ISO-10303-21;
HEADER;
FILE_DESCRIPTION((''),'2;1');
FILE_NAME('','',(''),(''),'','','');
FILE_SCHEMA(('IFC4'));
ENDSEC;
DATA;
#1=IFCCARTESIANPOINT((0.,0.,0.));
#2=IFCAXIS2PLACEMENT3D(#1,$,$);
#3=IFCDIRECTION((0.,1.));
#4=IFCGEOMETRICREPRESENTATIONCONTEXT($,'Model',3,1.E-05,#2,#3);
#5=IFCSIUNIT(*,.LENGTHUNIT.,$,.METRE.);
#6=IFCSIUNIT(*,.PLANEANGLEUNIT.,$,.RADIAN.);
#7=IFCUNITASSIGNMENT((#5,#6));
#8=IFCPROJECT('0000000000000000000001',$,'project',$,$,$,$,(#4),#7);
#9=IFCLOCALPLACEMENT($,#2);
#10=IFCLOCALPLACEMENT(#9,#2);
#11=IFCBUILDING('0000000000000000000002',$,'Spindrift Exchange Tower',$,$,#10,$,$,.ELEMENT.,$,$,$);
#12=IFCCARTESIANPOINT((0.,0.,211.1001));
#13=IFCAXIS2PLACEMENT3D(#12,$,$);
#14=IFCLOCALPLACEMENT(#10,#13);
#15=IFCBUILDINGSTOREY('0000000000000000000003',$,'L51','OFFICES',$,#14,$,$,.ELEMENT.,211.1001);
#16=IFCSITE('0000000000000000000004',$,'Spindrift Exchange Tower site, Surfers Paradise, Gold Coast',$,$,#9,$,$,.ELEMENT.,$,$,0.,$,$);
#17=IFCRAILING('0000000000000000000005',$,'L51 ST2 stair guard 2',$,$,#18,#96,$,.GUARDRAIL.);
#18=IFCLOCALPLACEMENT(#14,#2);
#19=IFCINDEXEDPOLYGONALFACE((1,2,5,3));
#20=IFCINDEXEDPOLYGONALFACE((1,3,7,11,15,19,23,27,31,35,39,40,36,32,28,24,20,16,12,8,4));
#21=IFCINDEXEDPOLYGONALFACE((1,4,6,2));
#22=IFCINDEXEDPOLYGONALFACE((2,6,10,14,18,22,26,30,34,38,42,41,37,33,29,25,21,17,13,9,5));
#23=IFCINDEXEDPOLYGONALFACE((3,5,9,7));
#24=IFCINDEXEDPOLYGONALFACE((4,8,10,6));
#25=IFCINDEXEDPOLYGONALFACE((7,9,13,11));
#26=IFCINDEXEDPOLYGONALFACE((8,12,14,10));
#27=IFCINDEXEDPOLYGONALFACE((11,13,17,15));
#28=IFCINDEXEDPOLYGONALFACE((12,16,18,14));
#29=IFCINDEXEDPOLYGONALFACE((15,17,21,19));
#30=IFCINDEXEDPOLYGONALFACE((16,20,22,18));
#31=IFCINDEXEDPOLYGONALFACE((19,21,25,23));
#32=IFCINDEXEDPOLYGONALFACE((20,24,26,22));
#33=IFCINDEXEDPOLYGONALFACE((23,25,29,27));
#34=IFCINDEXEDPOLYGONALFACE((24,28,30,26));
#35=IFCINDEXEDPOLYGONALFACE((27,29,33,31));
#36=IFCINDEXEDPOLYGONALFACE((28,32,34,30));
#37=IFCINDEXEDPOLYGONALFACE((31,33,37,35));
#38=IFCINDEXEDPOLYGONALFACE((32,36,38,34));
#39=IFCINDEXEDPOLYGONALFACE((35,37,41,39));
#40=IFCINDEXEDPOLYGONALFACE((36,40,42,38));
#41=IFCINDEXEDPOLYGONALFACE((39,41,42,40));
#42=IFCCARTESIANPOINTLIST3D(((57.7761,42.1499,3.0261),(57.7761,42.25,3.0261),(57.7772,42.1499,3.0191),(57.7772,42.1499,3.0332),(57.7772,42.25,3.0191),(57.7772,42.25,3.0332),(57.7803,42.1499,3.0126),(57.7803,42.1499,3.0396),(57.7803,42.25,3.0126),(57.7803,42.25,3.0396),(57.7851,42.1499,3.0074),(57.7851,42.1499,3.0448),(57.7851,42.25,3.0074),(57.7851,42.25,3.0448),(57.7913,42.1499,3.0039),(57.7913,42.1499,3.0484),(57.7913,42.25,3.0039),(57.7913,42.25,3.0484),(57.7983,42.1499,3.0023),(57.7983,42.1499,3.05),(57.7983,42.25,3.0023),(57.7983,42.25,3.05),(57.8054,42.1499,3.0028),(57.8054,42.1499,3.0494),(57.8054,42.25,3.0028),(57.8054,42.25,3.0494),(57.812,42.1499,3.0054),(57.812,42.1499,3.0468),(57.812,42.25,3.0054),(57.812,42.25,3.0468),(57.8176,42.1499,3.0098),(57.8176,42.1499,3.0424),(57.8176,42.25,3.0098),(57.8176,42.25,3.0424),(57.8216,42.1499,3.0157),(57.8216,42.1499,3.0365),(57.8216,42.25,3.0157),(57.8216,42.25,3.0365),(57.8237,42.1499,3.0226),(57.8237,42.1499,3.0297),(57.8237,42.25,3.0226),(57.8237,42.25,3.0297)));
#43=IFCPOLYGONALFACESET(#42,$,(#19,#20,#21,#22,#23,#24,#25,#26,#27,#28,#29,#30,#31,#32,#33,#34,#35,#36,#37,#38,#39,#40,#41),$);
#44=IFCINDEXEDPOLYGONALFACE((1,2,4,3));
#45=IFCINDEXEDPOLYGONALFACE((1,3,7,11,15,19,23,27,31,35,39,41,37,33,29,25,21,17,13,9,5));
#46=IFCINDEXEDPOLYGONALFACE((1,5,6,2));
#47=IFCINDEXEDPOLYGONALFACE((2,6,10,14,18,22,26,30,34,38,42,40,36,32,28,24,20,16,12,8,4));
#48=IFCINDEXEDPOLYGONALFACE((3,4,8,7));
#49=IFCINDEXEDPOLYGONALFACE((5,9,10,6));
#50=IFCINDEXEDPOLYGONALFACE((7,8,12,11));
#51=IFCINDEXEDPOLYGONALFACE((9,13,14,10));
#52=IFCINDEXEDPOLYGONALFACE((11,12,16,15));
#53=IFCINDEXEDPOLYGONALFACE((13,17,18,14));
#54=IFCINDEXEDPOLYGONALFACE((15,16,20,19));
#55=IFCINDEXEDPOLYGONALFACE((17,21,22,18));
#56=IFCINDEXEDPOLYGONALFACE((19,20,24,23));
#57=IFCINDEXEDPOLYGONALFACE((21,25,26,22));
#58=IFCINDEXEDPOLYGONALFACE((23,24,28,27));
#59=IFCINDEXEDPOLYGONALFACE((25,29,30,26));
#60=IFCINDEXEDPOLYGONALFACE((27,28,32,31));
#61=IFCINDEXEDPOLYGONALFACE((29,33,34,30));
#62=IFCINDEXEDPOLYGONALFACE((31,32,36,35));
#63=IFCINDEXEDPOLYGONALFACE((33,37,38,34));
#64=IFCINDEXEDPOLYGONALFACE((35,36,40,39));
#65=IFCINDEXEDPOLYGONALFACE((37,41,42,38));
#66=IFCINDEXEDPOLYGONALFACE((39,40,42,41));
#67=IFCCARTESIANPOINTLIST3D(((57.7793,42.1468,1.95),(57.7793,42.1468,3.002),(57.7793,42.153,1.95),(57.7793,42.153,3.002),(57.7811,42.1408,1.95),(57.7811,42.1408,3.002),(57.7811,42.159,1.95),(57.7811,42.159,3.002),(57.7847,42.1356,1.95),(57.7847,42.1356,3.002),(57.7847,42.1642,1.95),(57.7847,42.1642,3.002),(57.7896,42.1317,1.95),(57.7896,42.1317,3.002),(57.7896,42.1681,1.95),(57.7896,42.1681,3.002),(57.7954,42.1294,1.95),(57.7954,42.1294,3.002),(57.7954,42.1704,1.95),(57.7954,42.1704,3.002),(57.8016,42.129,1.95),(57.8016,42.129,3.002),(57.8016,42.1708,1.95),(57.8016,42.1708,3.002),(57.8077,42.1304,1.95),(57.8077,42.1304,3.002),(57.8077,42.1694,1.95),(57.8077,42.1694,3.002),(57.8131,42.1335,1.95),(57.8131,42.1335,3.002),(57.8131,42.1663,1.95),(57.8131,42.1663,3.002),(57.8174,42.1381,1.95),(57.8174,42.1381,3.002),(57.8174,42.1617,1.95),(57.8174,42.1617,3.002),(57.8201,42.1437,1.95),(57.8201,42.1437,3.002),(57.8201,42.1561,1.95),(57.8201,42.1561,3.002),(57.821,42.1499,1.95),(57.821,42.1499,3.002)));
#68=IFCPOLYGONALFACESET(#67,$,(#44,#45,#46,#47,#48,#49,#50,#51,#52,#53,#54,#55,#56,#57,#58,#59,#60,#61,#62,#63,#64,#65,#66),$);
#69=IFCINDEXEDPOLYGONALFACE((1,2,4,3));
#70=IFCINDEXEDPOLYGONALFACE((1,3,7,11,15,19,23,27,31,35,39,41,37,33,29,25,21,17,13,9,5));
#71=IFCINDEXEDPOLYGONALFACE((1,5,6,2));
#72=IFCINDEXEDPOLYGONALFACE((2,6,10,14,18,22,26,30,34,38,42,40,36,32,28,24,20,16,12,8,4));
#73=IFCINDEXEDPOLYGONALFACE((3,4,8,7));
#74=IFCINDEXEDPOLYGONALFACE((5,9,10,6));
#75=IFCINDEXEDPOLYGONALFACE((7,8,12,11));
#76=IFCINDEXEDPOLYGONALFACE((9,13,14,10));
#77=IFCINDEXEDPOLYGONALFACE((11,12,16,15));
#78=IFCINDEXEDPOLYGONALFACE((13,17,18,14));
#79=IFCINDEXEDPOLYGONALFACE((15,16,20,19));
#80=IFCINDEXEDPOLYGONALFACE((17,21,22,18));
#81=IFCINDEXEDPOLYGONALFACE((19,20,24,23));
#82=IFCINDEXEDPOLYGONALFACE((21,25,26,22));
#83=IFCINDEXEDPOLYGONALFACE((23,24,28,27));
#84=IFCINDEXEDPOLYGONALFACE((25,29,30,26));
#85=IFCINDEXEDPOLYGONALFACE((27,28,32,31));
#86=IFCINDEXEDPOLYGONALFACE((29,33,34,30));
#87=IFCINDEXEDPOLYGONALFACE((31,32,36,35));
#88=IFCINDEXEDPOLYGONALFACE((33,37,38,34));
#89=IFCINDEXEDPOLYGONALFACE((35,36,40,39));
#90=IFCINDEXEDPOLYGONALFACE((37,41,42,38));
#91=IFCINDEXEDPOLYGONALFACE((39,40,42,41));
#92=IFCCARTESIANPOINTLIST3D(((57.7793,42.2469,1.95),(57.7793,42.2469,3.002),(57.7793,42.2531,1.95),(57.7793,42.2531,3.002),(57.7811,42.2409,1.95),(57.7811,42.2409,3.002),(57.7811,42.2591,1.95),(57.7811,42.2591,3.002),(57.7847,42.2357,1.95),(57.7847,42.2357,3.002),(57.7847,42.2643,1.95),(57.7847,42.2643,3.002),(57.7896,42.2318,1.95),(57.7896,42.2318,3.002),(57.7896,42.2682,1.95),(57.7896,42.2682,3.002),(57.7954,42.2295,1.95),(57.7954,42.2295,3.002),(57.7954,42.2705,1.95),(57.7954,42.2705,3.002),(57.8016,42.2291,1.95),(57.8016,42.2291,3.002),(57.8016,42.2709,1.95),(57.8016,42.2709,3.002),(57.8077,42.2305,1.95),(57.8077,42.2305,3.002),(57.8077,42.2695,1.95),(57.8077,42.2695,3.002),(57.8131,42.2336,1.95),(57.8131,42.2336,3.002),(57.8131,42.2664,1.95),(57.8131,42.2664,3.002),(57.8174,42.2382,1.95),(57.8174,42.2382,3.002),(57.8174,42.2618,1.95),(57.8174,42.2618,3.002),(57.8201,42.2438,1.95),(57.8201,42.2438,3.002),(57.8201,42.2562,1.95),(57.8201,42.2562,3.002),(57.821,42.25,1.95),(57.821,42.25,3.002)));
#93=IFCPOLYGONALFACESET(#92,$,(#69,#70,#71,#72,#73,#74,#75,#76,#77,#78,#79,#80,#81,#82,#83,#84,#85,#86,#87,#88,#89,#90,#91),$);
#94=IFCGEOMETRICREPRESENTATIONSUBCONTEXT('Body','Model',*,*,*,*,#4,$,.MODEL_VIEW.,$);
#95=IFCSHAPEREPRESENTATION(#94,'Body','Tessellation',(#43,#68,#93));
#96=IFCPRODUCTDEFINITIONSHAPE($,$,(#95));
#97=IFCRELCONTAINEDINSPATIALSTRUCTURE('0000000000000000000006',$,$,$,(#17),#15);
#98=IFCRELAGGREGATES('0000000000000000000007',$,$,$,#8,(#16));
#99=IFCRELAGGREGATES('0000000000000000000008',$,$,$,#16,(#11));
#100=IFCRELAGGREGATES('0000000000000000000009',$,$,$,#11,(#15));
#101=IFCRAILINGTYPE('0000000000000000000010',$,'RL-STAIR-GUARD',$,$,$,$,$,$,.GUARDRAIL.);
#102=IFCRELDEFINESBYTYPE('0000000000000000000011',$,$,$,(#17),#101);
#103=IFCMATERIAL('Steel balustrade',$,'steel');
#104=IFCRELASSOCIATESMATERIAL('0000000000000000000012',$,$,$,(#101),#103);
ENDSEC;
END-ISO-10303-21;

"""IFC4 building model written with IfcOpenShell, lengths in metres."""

from ifc_helpers import new_model, si_unit, direction, frame, origin, origin_2d, place, context, subcontext, project, spatial, circle, extrude, material, type_object, element, save


model = new_model("IFC4")

# Units and contexts
model_context = context("Model", 3, precision=1e-05, world=origin(), true_north=direction((0.0, 1.0)))
body_context = subcontext(model_context, "Body", "Model", "MODEL_VIEW")
ifc_project = project(units=[si_unit("LENGTHUNIT", "METRE"), si_unit("PLANEANGLEUNIT", "RADIAN")], contexts=[model_context])

# Site, building, storey
site_placement = place(None, origin())
site = spatial("IfcSite", under=ifc_project, at=site_placement, Name="Spindrift Exchange Tower site, Surfers Paradise, Gold Coast", CompositionType="ELEMENT", RefElevation=0.0)
building_placement = place(site_placement, origin())
building = spatial("IfcBuilding", under=site, at=building_placement, Name="Spindrift Exchange Tower", CompositionType="ELEMENT")
storey_placement = place(building_placement, frame((0.0, 0.0, 211.1001)))
storey = spatial("IfcBuildingStorey", under=building, at=storey_placement, Name="L51", Description="OFFICES", CompositionType="ELEMENT", Elevation=211.1001)

# Railing
ifc_material_1 = material(Name="Steel balustrade", Category="steel")
railing_type_1 = type_object("IfcRailingType", Name="RL-STAIR-GUARD", PredefinedType="GUARDRAIL", material=ifc_material_1)
railing_1_placement = place(storey_placement, frame((57.8, 42.1499, 1.95)))
element("IfcRailing", 1, at=railing_1_placement, inside=storey, type_object=railing_type_1, Name="L51 ST2 stair guard 2", PredefinedType="GUARDRAIL", context=body_context, shape_type="SweptSolid", body=[
    extrude(circle(Radius=0.0239, at=origin_2d()), frame((0.0, 0.0, 1.0762), z_axis=(0.0, 1.0, 0.0), x_axis=(-1.0, 0.0, 0.0)), (0.0, 0.0, 1.0), 0.1001),
    extrude(circle(Radius=0.021, at=origin_2d()), origin(), (0.0, 0.0, 1.0), 1.052),
    extrude(circle(Radius=0.021, at=origin_2d()), frame((0.0, 0.1001, 0.0)), (0.0, 0.0, 1.0), 1.052),
])

save(model, "model.ifc")
